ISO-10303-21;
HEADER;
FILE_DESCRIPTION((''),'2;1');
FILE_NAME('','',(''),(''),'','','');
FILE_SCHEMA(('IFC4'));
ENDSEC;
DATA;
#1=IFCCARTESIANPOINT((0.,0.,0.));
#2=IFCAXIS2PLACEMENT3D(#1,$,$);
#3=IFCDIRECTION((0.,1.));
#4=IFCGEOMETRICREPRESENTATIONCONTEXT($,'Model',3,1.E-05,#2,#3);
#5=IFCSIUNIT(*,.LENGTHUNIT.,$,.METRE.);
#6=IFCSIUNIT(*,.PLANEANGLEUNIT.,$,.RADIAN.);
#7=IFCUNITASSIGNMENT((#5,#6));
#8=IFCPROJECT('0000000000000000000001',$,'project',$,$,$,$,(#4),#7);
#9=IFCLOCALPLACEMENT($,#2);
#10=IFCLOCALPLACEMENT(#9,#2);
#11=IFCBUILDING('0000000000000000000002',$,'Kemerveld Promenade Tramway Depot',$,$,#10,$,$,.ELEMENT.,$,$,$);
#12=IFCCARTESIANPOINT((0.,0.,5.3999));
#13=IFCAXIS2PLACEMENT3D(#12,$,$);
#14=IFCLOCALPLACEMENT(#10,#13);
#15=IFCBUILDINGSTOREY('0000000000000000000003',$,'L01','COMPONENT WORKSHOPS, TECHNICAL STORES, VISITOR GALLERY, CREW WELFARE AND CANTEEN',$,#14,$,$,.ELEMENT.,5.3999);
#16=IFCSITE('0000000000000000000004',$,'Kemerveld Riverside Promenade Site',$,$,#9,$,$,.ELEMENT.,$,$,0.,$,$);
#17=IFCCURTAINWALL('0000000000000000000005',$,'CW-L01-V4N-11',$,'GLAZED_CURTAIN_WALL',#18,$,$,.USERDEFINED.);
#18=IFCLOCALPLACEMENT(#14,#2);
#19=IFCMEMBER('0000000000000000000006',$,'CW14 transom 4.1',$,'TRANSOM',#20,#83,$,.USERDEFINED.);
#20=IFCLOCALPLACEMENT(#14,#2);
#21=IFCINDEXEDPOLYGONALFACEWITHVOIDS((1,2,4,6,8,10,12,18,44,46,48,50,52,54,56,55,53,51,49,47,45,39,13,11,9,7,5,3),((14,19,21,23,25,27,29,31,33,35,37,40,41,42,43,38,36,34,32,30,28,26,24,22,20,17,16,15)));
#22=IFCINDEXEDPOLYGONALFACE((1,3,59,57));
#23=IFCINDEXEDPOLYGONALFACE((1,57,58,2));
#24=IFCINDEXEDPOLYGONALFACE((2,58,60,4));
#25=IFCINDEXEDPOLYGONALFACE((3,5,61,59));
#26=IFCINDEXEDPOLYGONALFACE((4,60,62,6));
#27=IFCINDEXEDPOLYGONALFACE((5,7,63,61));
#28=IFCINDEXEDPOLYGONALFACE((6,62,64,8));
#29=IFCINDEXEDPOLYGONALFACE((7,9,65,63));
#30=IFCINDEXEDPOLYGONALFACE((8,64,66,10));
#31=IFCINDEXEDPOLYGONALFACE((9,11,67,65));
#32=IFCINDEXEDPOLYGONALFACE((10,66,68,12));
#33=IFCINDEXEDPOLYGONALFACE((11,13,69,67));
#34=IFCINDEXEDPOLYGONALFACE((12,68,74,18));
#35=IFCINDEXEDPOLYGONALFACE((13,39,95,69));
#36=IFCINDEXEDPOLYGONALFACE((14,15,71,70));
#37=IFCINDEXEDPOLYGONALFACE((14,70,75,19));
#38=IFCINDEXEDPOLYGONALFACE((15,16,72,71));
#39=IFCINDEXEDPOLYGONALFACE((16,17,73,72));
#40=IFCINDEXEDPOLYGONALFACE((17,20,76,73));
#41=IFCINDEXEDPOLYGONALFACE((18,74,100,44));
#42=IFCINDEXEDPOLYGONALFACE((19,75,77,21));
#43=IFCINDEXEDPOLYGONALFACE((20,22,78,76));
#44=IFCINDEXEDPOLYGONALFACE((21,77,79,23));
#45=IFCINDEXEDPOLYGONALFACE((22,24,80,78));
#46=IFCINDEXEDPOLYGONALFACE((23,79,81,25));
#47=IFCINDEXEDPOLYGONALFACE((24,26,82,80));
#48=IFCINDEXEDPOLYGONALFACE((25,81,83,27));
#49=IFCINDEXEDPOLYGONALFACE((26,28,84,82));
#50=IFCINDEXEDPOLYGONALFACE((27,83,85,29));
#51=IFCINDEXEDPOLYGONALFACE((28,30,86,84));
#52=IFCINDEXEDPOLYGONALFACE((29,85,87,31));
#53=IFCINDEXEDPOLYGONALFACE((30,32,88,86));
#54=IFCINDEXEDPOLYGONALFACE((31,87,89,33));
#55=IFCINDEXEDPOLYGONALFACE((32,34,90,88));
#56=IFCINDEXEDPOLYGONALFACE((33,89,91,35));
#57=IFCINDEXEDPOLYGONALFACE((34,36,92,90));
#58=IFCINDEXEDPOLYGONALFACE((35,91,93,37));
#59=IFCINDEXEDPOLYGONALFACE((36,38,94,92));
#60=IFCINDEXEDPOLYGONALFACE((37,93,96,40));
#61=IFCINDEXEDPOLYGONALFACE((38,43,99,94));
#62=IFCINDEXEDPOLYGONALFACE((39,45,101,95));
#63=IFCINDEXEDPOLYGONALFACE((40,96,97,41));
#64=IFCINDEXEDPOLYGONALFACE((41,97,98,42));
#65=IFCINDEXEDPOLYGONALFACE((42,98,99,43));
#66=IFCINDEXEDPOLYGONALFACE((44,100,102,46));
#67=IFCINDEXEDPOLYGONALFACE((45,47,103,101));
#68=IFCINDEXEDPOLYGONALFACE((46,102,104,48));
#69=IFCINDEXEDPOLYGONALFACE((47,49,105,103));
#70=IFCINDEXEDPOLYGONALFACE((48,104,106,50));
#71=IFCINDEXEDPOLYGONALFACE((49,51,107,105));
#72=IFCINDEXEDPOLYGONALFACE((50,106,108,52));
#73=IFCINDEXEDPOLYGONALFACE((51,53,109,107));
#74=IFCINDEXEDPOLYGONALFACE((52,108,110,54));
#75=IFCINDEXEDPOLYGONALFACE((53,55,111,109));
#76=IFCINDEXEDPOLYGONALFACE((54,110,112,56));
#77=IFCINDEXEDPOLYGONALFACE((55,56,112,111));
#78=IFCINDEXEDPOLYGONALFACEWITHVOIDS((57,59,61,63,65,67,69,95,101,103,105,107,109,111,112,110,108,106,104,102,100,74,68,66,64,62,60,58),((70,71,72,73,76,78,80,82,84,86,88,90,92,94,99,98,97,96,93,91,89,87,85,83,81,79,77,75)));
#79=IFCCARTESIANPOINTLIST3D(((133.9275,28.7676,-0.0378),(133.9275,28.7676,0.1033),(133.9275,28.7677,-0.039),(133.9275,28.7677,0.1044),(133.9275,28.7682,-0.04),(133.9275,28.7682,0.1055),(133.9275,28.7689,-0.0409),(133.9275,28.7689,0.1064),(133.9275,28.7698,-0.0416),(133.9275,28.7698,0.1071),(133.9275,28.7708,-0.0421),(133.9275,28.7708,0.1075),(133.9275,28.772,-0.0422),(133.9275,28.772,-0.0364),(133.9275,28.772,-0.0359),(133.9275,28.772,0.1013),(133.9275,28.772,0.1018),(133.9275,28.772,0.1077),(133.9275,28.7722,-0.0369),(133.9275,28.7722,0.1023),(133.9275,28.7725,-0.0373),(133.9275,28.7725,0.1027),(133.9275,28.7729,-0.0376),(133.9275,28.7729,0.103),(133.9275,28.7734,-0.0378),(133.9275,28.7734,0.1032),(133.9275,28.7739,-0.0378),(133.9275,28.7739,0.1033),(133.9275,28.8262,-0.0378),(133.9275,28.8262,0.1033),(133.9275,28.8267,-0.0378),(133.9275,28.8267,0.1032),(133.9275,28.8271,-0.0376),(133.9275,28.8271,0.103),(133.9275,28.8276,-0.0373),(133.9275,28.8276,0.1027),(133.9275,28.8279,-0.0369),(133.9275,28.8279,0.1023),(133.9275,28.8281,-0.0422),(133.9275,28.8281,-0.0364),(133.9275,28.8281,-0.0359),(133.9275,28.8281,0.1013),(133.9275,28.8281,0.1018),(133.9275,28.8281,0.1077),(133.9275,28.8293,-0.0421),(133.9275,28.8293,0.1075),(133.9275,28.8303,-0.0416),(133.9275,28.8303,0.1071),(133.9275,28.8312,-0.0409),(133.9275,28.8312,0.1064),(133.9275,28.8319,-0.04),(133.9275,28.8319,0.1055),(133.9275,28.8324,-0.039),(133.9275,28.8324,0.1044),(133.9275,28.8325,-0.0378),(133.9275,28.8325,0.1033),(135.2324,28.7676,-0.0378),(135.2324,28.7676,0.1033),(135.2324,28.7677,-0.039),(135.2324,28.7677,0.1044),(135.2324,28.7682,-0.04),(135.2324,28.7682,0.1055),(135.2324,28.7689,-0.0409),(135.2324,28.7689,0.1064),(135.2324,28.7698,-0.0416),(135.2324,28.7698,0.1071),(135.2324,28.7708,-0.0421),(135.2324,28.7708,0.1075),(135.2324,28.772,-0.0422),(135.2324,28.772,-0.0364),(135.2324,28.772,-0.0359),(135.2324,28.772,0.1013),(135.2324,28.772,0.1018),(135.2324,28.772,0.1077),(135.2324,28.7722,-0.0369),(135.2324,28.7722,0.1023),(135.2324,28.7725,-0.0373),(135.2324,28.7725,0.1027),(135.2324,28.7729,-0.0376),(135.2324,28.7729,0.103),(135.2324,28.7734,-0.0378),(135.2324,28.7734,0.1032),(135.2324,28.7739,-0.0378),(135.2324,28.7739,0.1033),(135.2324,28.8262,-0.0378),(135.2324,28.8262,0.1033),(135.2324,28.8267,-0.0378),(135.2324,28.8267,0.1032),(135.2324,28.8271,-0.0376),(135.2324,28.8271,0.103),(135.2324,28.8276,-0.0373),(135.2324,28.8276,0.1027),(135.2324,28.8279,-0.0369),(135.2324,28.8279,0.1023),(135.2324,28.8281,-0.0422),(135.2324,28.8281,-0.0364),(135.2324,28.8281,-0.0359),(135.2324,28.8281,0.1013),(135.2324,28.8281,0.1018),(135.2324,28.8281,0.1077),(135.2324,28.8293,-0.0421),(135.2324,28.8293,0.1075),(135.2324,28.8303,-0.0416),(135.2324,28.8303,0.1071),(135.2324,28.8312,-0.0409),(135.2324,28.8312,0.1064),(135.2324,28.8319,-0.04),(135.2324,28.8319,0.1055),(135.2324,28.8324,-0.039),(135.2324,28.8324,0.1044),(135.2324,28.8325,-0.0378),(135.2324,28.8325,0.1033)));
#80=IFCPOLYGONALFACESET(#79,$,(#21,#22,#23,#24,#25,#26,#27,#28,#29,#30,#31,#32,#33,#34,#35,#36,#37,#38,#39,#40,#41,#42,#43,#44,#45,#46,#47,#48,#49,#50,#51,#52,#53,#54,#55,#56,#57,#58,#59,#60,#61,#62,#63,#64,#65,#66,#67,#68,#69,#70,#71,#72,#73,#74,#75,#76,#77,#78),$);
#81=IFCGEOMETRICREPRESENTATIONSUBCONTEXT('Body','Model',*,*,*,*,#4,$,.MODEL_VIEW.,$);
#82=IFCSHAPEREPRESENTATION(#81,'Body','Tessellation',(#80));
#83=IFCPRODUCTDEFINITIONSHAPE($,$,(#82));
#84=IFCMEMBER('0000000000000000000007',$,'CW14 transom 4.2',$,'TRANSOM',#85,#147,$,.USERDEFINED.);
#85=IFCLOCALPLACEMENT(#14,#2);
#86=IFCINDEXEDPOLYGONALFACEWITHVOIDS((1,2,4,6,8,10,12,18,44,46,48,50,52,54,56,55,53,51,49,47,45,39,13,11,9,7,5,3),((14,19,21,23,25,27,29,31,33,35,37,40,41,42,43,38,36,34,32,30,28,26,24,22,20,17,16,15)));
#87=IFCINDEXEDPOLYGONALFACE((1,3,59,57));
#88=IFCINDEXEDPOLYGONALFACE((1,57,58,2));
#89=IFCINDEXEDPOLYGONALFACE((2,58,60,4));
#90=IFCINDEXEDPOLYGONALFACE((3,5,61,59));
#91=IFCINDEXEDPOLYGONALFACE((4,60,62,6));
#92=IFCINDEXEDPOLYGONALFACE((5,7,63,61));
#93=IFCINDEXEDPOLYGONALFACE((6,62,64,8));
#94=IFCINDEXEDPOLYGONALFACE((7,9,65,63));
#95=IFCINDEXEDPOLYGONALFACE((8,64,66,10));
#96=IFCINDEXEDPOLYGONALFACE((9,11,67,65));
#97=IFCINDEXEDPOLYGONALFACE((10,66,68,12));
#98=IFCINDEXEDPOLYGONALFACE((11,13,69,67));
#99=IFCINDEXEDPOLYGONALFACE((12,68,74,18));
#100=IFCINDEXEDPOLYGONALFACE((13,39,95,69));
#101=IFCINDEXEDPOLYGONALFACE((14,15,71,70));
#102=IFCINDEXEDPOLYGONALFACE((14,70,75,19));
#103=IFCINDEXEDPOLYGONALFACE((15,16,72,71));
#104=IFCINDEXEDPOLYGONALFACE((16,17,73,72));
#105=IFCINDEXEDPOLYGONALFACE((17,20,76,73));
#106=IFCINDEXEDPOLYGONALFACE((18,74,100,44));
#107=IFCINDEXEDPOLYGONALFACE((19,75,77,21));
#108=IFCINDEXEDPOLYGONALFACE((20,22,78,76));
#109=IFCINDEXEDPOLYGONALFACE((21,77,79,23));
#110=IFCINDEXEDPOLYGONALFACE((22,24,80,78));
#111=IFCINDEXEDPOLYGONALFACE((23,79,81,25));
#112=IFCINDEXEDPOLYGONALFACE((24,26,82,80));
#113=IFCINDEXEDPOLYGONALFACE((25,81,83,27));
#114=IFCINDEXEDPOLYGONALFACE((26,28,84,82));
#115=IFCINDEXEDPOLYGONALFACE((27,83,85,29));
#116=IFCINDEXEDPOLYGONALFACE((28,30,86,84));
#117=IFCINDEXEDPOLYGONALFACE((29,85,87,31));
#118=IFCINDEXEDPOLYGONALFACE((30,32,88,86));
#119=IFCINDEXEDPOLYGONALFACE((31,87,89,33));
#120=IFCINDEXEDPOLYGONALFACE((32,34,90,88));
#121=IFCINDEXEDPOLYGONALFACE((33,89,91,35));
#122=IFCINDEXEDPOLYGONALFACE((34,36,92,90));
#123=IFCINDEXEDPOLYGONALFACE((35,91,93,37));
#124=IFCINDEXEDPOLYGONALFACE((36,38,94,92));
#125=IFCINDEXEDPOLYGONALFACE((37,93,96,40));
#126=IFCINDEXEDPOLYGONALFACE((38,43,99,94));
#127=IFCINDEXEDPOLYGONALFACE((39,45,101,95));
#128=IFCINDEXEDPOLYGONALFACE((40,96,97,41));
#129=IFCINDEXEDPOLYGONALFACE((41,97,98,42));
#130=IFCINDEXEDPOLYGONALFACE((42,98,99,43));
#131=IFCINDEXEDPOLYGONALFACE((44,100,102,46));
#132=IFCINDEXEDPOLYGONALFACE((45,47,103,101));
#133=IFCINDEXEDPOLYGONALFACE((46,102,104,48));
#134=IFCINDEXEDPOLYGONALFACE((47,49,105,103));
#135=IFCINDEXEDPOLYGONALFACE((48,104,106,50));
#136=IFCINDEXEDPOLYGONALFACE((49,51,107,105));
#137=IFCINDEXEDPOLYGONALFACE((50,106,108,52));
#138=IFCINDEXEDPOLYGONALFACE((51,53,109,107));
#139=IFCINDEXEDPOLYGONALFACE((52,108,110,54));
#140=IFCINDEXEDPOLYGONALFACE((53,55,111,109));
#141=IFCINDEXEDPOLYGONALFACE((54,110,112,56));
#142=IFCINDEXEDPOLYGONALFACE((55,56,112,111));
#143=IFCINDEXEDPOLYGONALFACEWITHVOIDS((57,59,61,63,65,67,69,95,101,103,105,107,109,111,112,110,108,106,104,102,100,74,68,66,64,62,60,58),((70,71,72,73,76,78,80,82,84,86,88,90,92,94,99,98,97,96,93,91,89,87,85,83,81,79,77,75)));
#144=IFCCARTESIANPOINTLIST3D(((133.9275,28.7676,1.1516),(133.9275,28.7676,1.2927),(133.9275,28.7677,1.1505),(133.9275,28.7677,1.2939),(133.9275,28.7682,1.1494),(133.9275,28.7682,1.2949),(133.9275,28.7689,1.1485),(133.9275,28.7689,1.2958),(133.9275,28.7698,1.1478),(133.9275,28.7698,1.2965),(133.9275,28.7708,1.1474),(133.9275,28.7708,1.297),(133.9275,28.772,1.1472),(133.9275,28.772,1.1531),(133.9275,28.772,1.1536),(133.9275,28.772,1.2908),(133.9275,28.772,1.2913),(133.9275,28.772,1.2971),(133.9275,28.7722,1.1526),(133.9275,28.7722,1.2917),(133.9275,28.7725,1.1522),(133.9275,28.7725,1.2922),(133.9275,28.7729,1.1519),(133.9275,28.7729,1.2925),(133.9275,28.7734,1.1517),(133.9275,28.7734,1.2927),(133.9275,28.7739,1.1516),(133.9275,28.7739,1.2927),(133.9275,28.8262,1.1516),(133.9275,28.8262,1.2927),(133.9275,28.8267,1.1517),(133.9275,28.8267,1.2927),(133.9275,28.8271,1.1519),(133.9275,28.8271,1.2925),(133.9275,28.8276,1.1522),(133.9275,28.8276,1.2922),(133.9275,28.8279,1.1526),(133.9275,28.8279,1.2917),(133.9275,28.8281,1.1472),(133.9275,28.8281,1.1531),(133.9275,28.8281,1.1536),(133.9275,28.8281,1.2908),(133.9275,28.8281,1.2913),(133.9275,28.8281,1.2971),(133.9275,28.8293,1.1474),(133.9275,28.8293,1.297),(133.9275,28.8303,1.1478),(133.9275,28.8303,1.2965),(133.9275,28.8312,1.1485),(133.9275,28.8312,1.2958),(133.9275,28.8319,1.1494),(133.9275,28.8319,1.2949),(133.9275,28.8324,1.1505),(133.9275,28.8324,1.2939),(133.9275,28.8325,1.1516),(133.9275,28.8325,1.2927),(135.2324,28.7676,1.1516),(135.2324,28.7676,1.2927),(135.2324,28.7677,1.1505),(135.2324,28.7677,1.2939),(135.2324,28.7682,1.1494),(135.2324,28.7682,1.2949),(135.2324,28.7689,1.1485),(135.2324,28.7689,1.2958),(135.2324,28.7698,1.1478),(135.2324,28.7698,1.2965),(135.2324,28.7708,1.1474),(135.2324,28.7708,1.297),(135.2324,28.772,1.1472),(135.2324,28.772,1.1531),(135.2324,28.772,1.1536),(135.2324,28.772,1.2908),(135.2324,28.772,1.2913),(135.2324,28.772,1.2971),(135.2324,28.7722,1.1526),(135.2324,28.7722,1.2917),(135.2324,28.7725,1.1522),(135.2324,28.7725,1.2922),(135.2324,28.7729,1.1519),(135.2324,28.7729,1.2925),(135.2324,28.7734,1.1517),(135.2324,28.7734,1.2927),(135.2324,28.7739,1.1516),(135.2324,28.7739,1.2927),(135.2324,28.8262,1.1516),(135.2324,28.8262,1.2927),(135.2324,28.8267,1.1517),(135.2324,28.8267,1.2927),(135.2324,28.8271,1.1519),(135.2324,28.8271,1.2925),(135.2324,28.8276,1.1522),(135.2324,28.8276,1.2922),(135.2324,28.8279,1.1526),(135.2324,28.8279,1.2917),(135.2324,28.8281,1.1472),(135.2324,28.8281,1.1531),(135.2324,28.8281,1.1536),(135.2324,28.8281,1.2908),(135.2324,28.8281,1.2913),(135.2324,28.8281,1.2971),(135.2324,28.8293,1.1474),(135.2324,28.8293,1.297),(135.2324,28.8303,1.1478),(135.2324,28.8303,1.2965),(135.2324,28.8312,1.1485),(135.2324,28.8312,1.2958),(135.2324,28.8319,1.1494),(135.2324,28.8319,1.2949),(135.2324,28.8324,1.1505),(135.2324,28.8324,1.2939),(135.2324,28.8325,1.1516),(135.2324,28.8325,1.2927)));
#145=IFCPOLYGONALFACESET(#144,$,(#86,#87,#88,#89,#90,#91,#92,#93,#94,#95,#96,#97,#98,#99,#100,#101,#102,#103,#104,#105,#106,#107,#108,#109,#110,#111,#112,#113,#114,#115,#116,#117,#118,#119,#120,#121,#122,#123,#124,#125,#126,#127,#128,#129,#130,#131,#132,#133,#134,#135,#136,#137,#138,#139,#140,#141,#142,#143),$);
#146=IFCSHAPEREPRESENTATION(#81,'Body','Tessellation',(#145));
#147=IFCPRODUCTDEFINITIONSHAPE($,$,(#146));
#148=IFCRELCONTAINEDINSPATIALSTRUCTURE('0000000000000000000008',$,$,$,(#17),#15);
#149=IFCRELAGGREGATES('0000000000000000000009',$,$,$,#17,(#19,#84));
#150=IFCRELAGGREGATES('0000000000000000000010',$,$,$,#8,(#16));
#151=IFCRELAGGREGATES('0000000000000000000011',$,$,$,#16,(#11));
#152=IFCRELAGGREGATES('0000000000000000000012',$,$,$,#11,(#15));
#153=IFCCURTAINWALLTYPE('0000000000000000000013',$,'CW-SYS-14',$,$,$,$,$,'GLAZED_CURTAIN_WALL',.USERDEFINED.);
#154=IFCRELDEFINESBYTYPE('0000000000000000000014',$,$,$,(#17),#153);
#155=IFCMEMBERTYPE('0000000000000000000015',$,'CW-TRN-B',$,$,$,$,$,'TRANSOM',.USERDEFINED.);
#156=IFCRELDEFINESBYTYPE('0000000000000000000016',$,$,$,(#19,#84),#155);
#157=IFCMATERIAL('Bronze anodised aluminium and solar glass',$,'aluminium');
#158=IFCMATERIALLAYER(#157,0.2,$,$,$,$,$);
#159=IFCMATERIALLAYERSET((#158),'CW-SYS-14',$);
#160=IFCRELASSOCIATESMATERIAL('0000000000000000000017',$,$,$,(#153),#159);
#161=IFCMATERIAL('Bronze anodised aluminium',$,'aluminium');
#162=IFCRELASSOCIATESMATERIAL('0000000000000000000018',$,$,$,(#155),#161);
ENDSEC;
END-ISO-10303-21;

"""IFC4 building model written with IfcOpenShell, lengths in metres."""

from ifc_helpers import new_model, si_unit, direction, frame, origin, origin_2d, place, context, subcontext, project, spatial, hollow_rectangle, extrude, material, layer, layer_set, material_profile, profile_set, type_object, element, aggregate, save


model = new_model("IFC4")

# Units and contexts
model_context = context("Model", 3, precision=1e-05, world=origin(), true_north=direction((0.0, 1.0)))
body_context = subcontext(model_context, "Body", "Model", "MODEL_VIEW")
ifc_project = project(units=[si_unit("LENGTHUNIT", "METRE"), si_unit("PLANEANGLEUNIT", "RADIAN")], contexts=[model_context])

# Site, building, storey
site_placement = place(None, origin())
site = spatial("IfcSite", under=ifc_project, at=site_placement, Name="Kemerveld Riverside Promenade Site", CompositionType="ELEMENT", RefElevation=0.0)
building_placement = place(site_placement, origin())
building = spatial("IfcBuilding", under=site, at=building_placement, Name="Kemerveld Promenade Tramway Depot", CompositionType="ELEMENT")
storey_placement = place(building_placement, frame((0.0, 0.0, 5.3999)))
storey = spatial("IfcBuildingStorey", under=building, at=storey_placement, Name="L01", Description="COMPONENT WORKSHOPS, TECHNICAL STORES, VISITOR GALLERY, CREW WELFARE AND CANTEEN", CompositionType="ELEMENT", Elevation=5.3999)

# Curtain wall, members
ifc_material_1 = material(Name="Bronze anodised aluminium and solar glass", Category="aluminium")
ifc_layer_1 = layer(ifc_material_1, 0.2)
ifc_layer_set_1 = layer_set([ifc_layer_1], Name="CW-SYS-14")
curtain_wall_type = type_object("IfcCurtainWallType", Name="CW-SYS-14", ElementType="GLAZED_CURTAIN_WALL", PredefinedType="USERDEFINED", material=ifc_layer_set_1)
curtain_wall_placement = place(storey_placement, origin())
curtain_wall = element("IfcCurtainWall", 1, at=curtain_wall_placement, inside=storey, type_object=curtain_wall_type, Name="CW-L01-V4N-11", ObjectType="GLAZED_CURTAIN_WALL", PredefinedType="USERDEFINED")
ifc_material_2 = material(Name="Bronze anodised aluminium", Category="aluminium")
ifc_material_profile_1 = material_profile(ifc_material_2, hollow_rectangle(XDim=0.0649, YDim=0.1499, WallThickness=0.0044, InnerFilletRadius=0.002, OuterFilletRadius=0.0044, at=origin_2d()), Name="CW-TRN-150x65")
ifc_profile_set_1 = profile_set([ifc_material_profile_1], Name="Bronze anodised aluminium")
member_type_1 = type_object("IfcMemberType", Name="CW-TRN-B", ElementType="TRANSOM", PredefinedType="USERDEFINED", material=ifc_profile_set_1)
member_1_placement = place(storey_placement, frame((133.9275, 28.8, 0.0327), z_axis=(1.0, 0.0, 0.0), x_axis=(0.0, 1.0, 0.0)))
member_1 = element("IfcMember", 2, at=member_1_placement, type_object=member_type_1, Name="CW14 transom 4.1", ObjectType="TRANSOM", PredefinedType="USERDEFINED", context=body_context, shape_type="SweptSolid", body=[
    extrude(hollow_rectangle(XDim=0.0649, YDim=0.1499, WallThickness=0.0044, InnerFilletRadius=0.002, OuterFilletRadius=0.0044, at=origin_2d()), origin(), (0.0, 0.0, 1.0), 1.3049),
])
member_2_placement = place(storey_placement, frame((133.9275, 28.8, 1.2222), z_axis=(1.0, 0.0, 0.0), x_axis=(0.0, 1.0, 0.0)))
member_2 = element("IfcMember", 3, at=member_2_placement, type_object=member_type_1, Name="CW14 transom 4.2", ObjectType="TRANSOM", PredefinedType="USERDEFINED", context=body_context, shape_type="SweptSolid", body=[
    extrude(hollow_rectangle(XDim=0.0649, YDim=0.1499, WallThickness=0.0044, InnerFilletRadius=0.002, OuterFilletRadius=0.0044, at=origin_2d()), origin(), (0.0, 0.0, 1.0), 1.3049),
])
aggregate(curtain_wall, [member_1, member_2])

save(model, "model.ifc")
